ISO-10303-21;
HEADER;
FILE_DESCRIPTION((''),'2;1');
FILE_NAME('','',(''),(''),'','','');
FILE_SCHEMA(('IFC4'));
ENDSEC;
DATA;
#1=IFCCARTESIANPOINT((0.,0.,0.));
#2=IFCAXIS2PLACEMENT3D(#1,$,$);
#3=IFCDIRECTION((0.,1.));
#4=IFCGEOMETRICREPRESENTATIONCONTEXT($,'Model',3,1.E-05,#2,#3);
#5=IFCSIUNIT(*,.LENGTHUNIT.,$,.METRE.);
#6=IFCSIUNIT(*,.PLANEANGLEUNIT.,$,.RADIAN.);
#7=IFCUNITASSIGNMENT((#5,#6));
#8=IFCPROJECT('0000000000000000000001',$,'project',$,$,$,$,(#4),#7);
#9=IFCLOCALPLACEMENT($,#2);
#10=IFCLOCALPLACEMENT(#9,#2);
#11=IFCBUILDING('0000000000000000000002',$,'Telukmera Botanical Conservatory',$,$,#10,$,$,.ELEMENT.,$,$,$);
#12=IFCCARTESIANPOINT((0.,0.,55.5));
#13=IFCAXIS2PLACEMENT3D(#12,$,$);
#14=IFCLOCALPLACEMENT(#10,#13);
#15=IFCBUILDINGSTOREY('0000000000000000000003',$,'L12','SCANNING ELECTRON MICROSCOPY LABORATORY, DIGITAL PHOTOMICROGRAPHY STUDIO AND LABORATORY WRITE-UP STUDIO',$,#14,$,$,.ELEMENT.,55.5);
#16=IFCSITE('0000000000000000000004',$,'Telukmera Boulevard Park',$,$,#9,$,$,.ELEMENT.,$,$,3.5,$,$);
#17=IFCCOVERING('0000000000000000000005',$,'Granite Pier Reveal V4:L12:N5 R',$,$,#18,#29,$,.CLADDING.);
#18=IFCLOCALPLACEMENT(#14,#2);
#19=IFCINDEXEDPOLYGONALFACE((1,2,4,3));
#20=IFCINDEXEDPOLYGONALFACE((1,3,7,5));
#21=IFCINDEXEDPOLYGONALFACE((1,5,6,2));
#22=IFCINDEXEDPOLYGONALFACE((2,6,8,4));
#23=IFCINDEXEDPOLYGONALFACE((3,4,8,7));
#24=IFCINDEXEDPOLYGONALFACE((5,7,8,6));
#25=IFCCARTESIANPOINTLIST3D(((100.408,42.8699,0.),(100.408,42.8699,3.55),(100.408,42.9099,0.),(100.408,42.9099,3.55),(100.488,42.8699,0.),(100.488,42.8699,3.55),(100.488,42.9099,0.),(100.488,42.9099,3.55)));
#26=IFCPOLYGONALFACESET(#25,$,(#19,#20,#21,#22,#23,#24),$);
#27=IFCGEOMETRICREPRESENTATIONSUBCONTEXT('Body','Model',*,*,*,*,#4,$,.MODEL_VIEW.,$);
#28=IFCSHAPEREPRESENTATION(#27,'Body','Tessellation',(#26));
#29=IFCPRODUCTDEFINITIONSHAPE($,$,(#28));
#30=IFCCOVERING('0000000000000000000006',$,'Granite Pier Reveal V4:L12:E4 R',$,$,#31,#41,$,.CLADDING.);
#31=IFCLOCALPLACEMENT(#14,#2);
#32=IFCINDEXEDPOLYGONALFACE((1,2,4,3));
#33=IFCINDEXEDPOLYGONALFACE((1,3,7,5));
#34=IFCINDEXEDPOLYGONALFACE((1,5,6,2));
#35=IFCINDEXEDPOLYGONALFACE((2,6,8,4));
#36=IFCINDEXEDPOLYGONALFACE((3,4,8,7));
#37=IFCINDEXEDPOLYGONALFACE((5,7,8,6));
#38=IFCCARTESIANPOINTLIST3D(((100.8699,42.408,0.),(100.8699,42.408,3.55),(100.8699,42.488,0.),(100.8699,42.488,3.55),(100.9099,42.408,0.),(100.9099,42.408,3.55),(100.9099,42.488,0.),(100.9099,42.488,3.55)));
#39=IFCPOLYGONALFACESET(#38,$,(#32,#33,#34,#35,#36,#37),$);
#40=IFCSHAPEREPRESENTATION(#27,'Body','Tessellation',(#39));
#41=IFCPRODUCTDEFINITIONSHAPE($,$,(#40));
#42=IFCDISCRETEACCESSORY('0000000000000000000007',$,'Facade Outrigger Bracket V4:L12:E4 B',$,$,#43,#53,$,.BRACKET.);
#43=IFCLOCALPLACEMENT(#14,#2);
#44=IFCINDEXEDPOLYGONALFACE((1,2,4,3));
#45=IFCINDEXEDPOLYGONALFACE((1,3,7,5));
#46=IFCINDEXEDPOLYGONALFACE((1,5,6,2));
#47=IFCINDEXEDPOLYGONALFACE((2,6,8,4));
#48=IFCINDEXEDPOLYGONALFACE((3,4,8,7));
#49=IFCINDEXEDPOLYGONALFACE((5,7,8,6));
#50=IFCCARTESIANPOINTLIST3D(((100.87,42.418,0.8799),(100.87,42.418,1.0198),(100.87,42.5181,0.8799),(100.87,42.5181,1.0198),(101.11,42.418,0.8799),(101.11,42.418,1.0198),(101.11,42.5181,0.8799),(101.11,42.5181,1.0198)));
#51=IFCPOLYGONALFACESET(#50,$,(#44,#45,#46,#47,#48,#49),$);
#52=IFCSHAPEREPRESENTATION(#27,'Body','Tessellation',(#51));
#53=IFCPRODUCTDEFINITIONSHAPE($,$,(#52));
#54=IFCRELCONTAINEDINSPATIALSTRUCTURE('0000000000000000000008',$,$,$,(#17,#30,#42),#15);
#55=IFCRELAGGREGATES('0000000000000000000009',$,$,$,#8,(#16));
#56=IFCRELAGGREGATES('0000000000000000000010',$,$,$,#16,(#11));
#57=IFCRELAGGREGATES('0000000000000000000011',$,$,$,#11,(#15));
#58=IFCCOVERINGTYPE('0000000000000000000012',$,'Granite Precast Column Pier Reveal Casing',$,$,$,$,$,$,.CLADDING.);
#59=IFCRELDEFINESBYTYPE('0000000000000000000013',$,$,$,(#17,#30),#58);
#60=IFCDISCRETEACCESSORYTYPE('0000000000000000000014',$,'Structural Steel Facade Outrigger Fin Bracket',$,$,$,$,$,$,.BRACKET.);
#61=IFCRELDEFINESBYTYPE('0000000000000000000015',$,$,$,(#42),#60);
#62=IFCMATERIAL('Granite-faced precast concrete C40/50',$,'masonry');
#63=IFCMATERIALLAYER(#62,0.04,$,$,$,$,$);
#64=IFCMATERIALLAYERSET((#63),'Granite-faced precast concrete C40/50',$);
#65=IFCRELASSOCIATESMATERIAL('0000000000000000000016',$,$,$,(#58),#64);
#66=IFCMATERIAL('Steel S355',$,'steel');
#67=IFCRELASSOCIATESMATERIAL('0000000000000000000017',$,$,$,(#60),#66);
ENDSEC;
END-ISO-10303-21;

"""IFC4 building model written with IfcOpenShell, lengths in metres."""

from ifc_helpers import new_model, si_unit, direction, frame, origin, origin_2d, place, context, subcontext, project, spatial, rectangle, extrude, material, layer, layer_set, type_object, element, save


model = new_model("IFC4")

# Units and contexts
model_context = context("Model", 3, precision=1e-05, world=origin(), true_north=direction((0.0, 1.0)))
body_context = subcontext(model_context, "Body", "Model", "MODEL_VIEW")
ifc_project = project(units=[si_unit("LENGTHUNIT", "METRE"), si_unit("PLANEANGLEUNIT", "RADIAN")], contexts=[model_context])

# Site, building, storey
site_placement = place(None, origin())
site = spatial("IfcSite", under=ifc_project, at=site_placement, Name="Telukmera Boulevard Park", CompositionType="ELEMENT", RefElevation=3.5)
building_placement = place(site_placement, origin())
building = spatial("IfcBuilding", under=site, at=building_placement, Name="Telukmera Botanical Conservatory", CompositionType="ELEMENT")
storey_placement = place(building_placement, frame((0.0, 0.0, 55.5)))
storey = spatial("IfcBuildingStorey", under=building, at=storey_placement, Name="L12", Description="SCANNING ELECTRON MICROSCOPY LABORATORY, DIGITAL PHOTOMICROGRAPHY STUDIO AND LABORATORY WRITE-UP STUDIO", CompositionType="ELEMENT", Elevation=55.5)

# Coverings
ifc_material_1 = material(Name="Granite-faced precast concrete C40/50", Category="masonry")
ifc_layer_1 = layer(ifc_material_1, 0.04)
ifc_layer_set_1 = layer_set([ifc_layer_1], Name="Granite-faced precast concrete C40/50")
covering_type = type_object("IfcCoveringType", Name="Granite Precast Column Pier Reveal Casing", PredefinedType="CLADDING", material=ifc_layer_set_1)
for number, where, z_axis, x_axis, name in (
    (1, (100.448, 42.8899, 0.0), (0.0, 0.0, 1.0), (1.0, 0.0, 0.0), "Granite Pier Reveal V4:L12:N5 R"),
    (2, (100.8899, 42.448, 0.0), (0.0, 0.0, 1.0), (0.0, 1.0, 0.0), "Granite Pier Reveal V4:L12:E4 R"),
):
    element("IfcCovering", number, at=place(storey_placement, frame(where, z_axis=z_axis, x_axis=x_axis)), inside=storey, type_object=covering_type, Name=name, PredefinedType="CLADDING", context=body_context, shape_type="SweptSolid", body=[
        extrude(rectangle(XDim=0.0801, YDim=0.04, at=origin_2d()), origin(), (0.0, 0.0, 1.0), 3.55),
    ])

# Discrete accessory
ifc_material_2 = material(Name="Steel S355", Category="steel")
discrete_accessory_type = type_object("IfcDiscreteAccessoryType", Name="Structural Steel Facade Outrigger Fin Bracket", PredefinedType="BRACKET", material=ifc_material_2)
discrete_accessory_placement = place(storey_placement, frame((100.99, 42.468, 0.8799), z_axis=(0.0, 0.0, 1.0), x_axis=(0.0, 1.0, 0.0)))
element("IfcDiscreteAccessory", 3, at=discrete_accessory_placement, inside=storey, type_object=discrete_accessory_type, Name="Facade Outrigger Bracket V4:L12:E4 B", PredefinedType="BRACKET", context=body_context, shape_type="SweptSolid", body=[
    extrude(rectangle(XDim=0.1001, YDim=0.24, at=origin_2d()), origin(), (0.0, 0.0, 1.0), 0.1399),
])

save(model, "model.ifc")
